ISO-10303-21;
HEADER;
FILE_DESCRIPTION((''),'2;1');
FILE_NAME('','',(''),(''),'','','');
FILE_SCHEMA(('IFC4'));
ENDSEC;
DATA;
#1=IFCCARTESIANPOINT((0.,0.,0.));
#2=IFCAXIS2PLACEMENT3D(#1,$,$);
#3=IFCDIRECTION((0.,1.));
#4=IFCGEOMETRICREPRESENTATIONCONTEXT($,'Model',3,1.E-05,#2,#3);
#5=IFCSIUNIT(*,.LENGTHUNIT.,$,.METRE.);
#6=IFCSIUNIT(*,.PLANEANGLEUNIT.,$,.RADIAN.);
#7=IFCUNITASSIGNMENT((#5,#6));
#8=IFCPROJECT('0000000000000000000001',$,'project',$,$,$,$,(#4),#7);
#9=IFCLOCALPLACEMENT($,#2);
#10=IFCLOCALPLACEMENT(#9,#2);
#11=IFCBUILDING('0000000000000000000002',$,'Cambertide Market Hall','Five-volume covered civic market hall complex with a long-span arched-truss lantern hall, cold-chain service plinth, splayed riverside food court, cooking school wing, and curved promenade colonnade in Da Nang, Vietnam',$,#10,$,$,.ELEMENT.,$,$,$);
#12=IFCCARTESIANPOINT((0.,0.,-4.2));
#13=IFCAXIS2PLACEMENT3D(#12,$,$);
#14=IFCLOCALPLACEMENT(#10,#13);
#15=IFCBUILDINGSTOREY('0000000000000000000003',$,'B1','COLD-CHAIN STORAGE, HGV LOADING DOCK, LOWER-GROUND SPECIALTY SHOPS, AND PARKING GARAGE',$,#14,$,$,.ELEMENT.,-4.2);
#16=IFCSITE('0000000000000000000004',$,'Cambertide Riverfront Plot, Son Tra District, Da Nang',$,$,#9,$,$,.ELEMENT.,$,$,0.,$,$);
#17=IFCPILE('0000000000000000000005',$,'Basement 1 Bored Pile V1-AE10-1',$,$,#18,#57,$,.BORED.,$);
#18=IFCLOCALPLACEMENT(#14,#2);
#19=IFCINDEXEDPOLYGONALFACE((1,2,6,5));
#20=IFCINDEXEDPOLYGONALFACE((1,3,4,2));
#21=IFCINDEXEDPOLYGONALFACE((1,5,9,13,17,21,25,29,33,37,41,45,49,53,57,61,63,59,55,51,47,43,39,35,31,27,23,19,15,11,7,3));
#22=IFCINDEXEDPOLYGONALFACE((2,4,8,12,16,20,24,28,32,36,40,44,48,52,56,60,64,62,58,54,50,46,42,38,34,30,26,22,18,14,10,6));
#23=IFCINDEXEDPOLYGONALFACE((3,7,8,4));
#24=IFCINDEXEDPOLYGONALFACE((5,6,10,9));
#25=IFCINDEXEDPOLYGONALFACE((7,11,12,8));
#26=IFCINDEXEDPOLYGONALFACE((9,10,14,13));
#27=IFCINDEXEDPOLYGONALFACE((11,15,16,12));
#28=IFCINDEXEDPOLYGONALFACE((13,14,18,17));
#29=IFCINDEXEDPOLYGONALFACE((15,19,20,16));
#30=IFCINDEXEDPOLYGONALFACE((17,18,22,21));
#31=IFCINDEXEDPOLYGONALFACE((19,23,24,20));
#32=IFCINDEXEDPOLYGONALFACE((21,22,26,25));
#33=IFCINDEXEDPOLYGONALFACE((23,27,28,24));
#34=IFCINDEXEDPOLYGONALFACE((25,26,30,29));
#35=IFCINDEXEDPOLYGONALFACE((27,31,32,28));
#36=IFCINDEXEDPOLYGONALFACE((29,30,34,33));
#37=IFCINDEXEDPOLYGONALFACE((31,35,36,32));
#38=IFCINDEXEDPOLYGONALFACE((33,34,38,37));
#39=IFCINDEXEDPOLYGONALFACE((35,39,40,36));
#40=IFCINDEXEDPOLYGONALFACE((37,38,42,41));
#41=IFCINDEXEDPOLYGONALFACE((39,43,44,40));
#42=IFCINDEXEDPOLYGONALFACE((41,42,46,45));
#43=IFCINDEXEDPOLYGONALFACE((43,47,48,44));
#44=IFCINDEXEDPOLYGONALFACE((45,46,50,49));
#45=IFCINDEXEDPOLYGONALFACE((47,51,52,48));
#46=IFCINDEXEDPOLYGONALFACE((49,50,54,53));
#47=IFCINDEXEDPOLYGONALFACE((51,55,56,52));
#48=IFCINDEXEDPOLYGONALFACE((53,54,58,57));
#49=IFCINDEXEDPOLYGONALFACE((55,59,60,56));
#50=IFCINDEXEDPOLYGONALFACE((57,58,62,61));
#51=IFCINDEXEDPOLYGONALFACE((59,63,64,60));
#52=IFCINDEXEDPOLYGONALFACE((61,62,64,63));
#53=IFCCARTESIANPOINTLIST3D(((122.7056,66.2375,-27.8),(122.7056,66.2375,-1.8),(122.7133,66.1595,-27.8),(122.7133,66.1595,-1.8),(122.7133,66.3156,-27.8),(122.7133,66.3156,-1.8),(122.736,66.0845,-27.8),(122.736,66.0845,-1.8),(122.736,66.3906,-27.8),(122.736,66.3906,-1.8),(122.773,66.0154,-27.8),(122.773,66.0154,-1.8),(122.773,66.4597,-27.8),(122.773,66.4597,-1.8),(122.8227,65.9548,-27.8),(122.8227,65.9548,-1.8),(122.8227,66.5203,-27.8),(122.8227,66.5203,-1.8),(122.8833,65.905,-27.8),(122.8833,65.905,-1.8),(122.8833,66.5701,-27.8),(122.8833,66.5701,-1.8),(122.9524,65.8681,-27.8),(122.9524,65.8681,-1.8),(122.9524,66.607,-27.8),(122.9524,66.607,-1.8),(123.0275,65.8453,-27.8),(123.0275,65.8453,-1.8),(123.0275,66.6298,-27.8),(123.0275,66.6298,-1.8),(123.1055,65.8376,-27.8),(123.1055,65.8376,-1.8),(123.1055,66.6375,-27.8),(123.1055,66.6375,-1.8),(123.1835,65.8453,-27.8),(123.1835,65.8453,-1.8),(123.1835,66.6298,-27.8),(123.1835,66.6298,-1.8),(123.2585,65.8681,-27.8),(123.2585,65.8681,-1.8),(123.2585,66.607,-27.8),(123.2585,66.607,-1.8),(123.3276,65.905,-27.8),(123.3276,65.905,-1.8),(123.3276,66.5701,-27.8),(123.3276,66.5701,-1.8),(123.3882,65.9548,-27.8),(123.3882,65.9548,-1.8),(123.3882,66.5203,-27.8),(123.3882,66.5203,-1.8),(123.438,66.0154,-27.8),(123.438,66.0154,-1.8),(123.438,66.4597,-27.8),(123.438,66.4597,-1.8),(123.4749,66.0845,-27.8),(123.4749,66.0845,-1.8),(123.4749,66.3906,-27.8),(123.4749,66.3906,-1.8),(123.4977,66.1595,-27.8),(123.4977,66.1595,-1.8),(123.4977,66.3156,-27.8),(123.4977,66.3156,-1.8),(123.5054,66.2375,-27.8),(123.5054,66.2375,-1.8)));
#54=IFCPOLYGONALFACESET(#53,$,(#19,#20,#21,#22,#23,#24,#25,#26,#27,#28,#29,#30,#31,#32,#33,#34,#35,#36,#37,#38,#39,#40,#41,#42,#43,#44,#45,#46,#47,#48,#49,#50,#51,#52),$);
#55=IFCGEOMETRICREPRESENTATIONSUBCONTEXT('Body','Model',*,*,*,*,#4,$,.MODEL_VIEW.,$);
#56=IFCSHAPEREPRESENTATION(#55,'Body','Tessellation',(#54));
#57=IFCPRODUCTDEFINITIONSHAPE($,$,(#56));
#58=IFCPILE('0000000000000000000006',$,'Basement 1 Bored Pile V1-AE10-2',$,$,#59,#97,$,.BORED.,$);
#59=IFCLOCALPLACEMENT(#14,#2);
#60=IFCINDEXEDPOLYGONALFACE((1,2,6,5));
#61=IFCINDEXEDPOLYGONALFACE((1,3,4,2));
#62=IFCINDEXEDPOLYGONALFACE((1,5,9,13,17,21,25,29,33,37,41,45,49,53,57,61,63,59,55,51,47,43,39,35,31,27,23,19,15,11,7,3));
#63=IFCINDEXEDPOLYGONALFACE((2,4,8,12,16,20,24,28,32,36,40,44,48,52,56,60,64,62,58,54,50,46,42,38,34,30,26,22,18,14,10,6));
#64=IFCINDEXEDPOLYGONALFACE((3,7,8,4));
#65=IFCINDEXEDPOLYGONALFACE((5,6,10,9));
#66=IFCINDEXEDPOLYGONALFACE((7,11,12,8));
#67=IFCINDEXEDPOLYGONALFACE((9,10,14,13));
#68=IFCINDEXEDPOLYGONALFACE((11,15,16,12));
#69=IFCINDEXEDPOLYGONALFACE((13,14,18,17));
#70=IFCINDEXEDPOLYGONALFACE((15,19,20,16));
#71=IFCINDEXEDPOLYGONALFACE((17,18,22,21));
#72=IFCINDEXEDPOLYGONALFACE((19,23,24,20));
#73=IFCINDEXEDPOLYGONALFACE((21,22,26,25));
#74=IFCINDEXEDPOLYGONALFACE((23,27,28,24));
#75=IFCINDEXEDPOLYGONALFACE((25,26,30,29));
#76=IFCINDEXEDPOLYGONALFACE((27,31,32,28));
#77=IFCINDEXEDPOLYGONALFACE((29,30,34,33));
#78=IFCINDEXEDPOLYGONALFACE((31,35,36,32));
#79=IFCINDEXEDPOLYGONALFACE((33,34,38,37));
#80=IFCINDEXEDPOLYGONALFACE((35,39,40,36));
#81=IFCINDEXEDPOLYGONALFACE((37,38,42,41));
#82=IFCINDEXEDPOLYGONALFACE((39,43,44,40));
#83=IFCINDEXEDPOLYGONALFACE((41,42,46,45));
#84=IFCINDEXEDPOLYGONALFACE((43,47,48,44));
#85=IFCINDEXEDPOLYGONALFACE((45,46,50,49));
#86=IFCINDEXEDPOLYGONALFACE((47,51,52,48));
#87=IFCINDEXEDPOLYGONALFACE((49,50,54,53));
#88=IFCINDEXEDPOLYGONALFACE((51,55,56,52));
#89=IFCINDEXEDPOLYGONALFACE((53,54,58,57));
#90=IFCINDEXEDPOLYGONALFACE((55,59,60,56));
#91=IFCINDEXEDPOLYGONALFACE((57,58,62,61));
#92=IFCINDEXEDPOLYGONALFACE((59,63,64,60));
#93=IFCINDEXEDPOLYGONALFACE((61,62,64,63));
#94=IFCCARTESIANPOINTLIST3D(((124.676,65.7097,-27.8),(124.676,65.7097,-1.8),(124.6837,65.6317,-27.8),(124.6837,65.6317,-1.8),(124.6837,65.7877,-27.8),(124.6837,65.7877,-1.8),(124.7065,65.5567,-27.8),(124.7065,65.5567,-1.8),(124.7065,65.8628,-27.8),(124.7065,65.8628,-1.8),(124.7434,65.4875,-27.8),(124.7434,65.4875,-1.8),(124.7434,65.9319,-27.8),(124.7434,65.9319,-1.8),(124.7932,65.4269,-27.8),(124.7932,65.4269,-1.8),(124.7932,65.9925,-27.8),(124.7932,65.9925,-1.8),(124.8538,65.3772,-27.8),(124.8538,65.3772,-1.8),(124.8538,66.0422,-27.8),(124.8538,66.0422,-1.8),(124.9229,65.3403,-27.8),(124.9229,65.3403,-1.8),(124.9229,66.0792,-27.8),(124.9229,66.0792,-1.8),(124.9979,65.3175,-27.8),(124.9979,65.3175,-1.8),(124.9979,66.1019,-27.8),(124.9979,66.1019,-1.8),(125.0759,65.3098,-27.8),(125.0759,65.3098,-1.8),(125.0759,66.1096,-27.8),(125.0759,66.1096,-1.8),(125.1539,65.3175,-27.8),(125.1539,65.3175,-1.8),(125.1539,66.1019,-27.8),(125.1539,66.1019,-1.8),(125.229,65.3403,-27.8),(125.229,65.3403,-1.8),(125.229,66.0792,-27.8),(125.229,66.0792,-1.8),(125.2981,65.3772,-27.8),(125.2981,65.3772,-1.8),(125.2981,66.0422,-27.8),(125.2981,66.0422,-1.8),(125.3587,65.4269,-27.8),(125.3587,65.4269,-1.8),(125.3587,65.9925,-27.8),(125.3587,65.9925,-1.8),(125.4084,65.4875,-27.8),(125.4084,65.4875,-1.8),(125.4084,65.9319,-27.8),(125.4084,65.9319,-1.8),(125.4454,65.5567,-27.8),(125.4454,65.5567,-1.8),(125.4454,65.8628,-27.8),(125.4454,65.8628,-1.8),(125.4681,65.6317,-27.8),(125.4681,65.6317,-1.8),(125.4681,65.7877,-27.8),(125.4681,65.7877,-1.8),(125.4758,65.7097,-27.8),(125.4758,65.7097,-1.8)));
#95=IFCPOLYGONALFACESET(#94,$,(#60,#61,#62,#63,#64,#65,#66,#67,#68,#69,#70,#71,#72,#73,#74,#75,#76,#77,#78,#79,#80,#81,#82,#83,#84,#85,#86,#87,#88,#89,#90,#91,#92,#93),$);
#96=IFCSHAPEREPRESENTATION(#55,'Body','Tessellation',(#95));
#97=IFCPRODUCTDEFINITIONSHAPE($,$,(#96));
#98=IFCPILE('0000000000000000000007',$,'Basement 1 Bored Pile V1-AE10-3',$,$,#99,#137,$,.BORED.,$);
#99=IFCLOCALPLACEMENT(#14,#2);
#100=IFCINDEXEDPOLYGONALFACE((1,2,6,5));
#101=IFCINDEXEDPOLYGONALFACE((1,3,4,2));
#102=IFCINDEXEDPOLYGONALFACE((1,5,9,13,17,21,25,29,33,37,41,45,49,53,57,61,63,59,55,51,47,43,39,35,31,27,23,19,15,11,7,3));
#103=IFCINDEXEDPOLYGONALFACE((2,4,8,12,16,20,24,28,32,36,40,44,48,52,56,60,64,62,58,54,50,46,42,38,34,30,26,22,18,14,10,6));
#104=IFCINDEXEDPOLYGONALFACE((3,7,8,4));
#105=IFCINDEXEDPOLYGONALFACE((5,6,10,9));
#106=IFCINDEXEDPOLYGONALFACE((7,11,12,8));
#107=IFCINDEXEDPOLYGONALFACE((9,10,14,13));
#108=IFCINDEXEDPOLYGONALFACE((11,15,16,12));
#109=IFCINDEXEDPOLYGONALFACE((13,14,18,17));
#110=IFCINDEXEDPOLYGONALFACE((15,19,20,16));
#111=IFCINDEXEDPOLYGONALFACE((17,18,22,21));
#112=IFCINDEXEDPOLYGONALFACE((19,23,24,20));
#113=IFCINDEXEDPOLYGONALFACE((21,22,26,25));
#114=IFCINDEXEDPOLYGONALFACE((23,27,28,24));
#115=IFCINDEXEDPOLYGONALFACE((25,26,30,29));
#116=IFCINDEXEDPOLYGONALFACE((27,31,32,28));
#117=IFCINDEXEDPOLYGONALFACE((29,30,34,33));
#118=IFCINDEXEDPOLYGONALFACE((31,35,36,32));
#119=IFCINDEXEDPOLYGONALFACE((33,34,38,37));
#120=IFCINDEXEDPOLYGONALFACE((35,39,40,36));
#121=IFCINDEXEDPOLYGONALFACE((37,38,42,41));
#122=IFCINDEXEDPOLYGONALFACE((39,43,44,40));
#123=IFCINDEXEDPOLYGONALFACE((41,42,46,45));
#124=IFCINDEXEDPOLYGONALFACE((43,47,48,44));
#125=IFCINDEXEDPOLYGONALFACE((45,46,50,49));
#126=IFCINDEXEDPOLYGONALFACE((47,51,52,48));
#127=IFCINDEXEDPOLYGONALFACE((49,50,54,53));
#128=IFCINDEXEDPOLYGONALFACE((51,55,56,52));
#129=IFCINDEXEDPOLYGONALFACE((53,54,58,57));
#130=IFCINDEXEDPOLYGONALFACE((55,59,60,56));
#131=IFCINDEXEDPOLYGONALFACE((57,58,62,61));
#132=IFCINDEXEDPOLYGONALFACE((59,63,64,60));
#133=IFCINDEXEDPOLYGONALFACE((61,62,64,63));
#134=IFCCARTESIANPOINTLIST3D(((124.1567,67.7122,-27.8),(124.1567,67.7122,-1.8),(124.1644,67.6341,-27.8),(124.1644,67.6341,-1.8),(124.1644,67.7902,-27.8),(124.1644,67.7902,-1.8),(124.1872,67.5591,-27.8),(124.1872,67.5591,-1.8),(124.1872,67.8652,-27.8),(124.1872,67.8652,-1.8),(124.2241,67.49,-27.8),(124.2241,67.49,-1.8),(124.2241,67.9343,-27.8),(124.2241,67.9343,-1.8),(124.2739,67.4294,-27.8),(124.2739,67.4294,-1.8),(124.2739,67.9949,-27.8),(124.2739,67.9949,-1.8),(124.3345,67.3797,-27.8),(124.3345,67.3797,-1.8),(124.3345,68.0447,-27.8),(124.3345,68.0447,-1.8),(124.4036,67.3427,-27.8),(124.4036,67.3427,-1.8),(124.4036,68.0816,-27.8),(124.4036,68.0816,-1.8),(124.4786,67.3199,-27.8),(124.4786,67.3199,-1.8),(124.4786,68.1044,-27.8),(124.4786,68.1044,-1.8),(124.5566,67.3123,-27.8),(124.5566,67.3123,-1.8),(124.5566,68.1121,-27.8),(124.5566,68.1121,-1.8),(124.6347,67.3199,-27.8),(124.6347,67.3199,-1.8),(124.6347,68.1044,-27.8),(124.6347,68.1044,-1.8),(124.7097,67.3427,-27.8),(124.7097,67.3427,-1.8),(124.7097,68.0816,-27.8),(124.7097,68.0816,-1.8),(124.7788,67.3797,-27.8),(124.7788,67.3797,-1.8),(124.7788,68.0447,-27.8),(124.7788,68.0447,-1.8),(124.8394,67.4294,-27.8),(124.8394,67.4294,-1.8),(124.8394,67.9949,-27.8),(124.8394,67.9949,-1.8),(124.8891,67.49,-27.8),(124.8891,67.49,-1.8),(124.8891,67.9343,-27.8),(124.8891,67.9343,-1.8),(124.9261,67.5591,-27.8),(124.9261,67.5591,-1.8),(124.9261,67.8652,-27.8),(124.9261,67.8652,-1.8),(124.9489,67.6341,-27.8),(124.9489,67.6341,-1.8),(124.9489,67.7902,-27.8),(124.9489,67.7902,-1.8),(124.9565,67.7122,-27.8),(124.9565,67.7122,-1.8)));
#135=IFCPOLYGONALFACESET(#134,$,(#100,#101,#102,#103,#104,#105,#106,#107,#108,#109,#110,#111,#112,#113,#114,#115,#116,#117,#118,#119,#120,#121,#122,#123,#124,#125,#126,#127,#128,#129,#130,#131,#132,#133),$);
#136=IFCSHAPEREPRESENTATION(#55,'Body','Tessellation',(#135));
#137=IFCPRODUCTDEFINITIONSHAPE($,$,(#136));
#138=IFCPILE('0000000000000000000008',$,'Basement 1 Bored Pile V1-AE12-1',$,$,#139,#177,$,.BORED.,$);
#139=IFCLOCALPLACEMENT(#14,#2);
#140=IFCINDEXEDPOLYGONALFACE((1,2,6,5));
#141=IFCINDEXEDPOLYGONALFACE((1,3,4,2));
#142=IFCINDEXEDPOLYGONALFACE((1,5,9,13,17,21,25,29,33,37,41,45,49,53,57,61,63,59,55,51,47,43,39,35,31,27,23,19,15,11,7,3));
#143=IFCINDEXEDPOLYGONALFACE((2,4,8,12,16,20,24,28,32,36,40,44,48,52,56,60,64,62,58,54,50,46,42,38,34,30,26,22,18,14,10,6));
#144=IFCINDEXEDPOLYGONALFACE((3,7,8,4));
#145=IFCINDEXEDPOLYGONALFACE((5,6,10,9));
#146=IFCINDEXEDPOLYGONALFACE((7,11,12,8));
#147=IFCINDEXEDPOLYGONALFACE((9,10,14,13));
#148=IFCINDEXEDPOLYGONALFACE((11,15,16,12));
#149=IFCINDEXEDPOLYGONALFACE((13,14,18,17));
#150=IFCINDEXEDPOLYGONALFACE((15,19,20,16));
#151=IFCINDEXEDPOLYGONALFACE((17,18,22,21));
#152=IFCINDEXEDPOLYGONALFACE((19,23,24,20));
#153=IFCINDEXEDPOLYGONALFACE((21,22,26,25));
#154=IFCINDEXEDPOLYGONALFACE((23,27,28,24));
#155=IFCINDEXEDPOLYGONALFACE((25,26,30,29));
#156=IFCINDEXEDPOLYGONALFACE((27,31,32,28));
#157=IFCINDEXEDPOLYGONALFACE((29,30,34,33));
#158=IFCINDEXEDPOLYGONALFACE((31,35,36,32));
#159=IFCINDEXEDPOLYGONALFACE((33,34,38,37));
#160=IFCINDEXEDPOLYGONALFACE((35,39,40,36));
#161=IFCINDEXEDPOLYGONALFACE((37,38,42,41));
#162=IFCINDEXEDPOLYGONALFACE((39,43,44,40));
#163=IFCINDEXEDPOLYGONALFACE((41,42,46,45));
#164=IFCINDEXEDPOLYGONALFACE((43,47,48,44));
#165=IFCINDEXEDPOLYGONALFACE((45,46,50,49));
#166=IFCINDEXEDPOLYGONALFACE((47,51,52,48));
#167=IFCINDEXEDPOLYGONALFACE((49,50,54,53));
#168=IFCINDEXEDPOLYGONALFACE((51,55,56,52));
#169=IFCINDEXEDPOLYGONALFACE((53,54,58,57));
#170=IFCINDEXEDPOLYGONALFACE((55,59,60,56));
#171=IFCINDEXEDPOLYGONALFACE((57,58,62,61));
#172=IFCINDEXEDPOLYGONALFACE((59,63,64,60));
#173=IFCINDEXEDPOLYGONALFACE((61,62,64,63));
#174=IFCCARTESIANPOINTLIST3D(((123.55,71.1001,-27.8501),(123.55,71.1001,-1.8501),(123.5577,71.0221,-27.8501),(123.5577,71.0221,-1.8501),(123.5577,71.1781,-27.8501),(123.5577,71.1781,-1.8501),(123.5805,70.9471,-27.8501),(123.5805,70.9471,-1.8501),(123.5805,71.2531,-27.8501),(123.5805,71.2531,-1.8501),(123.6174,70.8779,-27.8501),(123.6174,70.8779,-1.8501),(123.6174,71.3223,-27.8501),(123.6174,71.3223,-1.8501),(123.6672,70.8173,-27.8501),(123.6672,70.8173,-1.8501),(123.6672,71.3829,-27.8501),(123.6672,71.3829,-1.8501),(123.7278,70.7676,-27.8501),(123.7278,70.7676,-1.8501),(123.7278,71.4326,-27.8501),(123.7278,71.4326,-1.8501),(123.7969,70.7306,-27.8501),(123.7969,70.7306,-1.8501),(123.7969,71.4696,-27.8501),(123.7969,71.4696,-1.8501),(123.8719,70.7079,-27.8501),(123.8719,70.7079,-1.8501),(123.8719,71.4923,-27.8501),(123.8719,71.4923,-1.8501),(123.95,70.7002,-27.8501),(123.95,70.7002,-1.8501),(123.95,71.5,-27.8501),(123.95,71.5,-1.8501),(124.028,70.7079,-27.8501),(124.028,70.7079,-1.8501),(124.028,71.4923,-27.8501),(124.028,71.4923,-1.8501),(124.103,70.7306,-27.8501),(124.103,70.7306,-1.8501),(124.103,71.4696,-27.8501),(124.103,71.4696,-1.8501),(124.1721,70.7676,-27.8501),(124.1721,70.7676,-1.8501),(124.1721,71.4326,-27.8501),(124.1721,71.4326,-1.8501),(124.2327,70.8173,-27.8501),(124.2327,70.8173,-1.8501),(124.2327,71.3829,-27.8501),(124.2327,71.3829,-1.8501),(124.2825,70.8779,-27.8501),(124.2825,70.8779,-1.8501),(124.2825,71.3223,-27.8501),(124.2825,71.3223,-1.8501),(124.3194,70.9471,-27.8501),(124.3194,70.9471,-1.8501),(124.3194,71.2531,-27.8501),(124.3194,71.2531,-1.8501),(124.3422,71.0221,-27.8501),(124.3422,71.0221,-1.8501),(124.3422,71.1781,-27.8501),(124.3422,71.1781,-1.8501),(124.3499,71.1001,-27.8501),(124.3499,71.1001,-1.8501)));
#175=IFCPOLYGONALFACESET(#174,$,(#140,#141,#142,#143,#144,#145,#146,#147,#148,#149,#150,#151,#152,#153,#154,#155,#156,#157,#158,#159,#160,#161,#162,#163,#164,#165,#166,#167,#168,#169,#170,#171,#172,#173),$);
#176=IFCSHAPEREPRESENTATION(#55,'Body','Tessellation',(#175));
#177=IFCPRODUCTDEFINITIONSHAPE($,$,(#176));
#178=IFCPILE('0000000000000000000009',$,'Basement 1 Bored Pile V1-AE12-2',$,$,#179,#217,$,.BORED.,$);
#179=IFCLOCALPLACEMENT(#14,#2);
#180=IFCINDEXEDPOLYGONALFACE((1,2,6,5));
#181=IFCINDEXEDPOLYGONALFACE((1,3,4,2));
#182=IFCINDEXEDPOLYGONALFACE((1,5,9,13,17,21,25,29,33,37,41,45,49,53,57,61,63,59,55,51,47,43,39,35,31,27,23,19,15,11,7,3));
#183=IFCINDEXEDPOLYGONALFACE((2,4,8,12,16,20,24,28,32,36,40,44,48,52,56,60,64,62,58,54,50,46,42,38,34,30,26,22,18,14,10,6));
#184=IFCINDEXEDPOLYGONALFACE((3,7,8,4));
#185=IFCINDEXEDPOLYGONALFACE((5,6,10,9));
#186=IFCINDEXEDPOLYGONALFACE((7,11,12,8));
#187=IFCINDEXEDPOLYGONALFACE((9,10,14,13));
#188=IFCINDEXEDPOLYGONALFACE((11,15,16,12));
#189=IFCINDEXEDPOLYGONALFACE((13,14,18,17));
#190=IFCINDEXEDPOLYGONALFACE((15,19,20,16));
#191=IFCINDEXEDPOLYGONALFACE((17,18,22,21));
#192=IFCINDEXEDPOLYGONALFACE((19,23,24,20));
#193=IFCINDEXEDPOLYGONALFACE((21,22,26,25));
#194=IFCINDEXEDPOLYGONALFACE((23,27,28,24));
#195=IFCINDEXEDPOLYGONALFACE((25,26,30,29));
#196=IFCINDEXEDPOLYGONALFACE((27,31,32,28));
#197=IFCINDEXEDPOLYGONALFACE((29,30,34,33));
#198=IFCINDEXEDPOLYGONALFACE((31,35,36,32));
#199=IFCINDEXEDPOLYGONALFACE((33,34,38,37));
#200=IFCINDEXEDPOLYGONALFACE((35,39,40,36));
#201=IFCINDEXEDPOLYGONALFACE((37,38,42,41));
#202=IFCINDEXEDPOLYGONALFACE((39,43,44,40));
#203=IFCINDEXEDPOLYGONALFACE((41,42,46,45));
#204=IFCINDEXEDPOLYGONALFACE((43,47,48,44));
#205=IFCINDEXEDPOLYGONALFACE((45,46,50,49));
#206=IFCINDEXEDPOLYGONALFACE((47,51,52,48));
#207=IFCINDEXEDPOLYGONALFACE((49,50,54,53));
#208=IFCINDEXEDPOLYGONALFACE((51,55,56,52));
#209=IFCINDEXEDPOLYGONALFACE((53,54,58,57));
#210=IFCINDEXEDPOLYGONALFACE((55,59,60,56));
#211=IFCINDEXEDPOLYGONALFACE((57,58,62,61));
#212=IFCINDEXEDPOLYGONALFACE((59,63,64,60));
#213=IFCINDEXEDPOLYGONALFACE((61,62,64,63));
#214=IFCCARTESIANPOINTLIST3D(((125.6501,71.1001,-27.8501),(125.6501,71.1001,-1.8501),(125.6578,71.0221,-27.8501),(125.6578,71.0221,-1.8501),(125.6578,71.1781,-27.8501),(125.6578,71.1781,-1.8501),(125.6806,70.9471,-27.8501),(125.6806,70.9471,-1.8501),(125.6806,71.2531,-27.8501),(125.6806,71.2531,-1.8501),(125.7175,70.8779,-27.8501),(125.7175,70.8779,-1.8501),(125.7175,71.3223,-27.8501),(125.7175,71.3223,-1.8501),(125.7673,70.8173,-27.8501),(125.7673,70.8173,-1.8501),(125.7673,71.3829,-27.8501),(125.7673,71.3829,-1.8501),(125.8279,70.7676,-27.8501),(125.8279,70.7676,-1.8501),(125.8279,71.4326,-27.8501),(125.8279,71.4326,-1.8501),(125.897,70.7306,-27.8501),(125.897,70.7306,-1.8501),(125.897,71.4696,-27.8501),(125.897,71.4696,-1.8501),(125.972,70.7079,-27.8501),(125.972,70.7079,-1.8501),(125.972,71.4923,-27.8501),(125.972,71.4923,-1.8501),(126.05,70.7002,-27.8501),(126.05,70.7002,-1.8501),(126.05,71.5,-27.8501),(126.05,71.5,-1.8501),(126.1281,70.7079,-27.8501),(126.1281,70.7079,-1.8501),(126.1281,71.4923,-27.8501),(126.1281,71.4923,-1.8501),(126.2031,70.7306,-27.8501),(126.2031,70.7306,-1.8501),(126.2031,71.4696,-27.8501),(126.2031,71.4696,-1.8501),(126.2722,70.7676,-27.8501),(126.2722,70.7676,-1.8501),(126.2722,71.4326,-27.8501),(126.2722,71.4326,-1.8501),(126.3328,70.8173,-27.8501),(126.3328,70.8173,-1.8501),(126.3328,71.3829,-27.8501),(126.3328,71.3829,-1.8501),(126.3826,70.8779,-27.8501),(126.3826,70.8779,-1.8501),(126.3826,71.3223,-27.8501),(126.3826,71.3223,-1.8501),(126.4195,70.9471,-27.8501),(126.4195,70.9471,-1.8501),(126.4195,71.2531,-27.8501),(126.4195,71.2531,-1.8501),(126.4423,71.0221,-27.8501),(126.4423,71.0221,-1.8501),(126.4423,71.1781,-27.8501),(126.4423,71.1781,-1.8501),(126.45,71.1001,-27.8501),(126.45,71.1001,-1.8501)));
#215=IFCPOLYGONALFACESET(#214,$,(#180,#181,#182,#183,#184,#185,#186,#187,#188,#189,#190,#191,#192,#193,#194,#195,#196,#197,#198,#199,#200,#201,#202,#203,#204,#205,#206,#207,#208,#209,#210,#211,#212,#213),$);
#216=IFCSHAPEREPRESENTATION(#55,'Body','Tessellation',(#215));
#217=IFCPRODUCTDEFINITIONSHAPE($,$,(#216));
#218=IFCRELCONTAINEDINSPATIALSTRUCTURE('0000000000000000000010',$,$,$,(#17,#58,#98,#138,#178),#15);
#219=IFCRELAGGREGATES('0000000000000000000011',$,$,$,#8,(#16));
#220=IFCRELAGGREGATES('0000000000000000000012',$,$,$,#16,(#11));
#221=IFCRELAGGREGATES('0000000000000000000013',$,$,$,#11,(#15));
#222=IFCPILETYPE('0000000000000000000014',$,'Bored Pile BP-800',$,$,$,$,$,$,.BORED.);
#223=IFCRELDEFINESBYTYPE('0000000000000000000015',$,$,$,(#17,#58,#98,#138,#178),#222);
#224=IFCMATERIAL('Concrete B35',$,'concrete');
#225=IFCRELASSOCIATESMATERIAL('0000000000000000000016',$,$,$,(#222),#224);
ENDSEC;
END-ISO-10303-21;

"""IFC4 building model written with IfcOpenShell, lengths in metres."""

from ifc_helpers import new_model, si_unit, direction, frame, origin, origin_2d, place, context, subcontext, project, spatial, circle, extrude, material, material_profile, profile_set, type_object, element, save


model = new_model("IFC4")

# Units and contexts
model_context = context("Model", 3, precision=1e-05, world=origin(), true_north=direction((0.0, 1.0)))
body_context = subcontext(model_context, "Body", "Model", "MODEL_VIEW")
ifc_project = project(units=[si_unit("LENGTHUNIT", "METRE"), si_unit("PLANEANGLEUNIT", "RADIAN")], contexts=[model_context])

# Site, building, storey
site_placement = place(None, origin())
site = spatial("IfcSite", under=ifc_project, at=site_placement, Name="Cambertide Riverfront Plot, Son Tra District, Da Nang", CompositionType="ELEMENT", RefElevation=0.0)
building_placement = place(site_placement, origin())
building = spatial("IfcBuilding", under=site, at=building_placement, Name="Cambertide Market Hall", Description="Five-volume covered civic market hall complex with a long-span arched-truss lantern hall, cold-chain service plinth, splayed riverside food court, cooking school wing, and curved promenade colonnade in Da Nang, Vietnam", CompositionType="ELEMENT")
storey_placement = place(building_placement, frame((0.0, 0.0, -4.2)))
storey = spatial("IfcBuildingStorey", under=building, at=storey_placement, Name="B1", Description="COLD-CHAIN STORAGE, HGV LOADING DOCK, LOWER-GROUND SPECIALTY SHOPS, AND PARKING GARAGE", CompositionType="ELEMENT", Elevation=-4.2)

# Piles
ifc_material_1 = material(Name="Concrete B35", Category="concrete")
ifc_material_profile_1 = material_profile(ifc_material_1, circle(Radius=0.3999, at=origin_2d()), Name="BP D800")
ifc_profile_set_1 = profile_set([ifc_material_profile_1], Name="Concrete B35")
pile_type_1 = type_object("IfcPileType", Name="Bored Pile BP-800", PredefinedType="BORED", material=ifc_profile_set_1)
for number, where, z_axis, x_axis, name in (
    (1, (123.1055, 66.2375, -1.8), (0.0, 0.0, -1.0), (1.0, 0.0, 0.0), "Basement 1 Bored Pile V1-AE10-1"),
    (2, (125.0759, 65.7097, -1.8), (0.0, 0.0, -1.0), (1.0, 0.0, 0.0), "Basement 1 Bored Pile V1-AE10-2"),
    (3, (124.5566, 67.7122, -1.8), (0.0, 0.0, -1.0), (1.0, 0.0, 0.0), "Basement 1 Bored Pile V1-AE10-3"),
    (4, (123.95, 71.1001, -1.8501), (0.0, 0.0, -1.0), (1.0, 0.0, 0.0), "Basement 1 Bored Pile V1-AE12-1"),
    (5, (126.05, 71.1001, -1.8501), (0.0, 0.0, -1.0), (1.0, 0.0, 0.0), "Basement 1 Bored Pile V1-AE12-2"),
):
    element("IfcPile", number, at=place(storey_placement, frame(where, z_axis=z_axis, x_axis=x_axis)), inside=storey, type_object=pile_type_1, Name=name, PredefinedType="BORED", context=body_context, shape_type="SweptSolid", body=[
        extrude(circle(Radius=0.3999, at=origin_2d()), origin(), (0.0, 0.0, 1.0), 26.0),
    ])

save(model, "model.ifc")
